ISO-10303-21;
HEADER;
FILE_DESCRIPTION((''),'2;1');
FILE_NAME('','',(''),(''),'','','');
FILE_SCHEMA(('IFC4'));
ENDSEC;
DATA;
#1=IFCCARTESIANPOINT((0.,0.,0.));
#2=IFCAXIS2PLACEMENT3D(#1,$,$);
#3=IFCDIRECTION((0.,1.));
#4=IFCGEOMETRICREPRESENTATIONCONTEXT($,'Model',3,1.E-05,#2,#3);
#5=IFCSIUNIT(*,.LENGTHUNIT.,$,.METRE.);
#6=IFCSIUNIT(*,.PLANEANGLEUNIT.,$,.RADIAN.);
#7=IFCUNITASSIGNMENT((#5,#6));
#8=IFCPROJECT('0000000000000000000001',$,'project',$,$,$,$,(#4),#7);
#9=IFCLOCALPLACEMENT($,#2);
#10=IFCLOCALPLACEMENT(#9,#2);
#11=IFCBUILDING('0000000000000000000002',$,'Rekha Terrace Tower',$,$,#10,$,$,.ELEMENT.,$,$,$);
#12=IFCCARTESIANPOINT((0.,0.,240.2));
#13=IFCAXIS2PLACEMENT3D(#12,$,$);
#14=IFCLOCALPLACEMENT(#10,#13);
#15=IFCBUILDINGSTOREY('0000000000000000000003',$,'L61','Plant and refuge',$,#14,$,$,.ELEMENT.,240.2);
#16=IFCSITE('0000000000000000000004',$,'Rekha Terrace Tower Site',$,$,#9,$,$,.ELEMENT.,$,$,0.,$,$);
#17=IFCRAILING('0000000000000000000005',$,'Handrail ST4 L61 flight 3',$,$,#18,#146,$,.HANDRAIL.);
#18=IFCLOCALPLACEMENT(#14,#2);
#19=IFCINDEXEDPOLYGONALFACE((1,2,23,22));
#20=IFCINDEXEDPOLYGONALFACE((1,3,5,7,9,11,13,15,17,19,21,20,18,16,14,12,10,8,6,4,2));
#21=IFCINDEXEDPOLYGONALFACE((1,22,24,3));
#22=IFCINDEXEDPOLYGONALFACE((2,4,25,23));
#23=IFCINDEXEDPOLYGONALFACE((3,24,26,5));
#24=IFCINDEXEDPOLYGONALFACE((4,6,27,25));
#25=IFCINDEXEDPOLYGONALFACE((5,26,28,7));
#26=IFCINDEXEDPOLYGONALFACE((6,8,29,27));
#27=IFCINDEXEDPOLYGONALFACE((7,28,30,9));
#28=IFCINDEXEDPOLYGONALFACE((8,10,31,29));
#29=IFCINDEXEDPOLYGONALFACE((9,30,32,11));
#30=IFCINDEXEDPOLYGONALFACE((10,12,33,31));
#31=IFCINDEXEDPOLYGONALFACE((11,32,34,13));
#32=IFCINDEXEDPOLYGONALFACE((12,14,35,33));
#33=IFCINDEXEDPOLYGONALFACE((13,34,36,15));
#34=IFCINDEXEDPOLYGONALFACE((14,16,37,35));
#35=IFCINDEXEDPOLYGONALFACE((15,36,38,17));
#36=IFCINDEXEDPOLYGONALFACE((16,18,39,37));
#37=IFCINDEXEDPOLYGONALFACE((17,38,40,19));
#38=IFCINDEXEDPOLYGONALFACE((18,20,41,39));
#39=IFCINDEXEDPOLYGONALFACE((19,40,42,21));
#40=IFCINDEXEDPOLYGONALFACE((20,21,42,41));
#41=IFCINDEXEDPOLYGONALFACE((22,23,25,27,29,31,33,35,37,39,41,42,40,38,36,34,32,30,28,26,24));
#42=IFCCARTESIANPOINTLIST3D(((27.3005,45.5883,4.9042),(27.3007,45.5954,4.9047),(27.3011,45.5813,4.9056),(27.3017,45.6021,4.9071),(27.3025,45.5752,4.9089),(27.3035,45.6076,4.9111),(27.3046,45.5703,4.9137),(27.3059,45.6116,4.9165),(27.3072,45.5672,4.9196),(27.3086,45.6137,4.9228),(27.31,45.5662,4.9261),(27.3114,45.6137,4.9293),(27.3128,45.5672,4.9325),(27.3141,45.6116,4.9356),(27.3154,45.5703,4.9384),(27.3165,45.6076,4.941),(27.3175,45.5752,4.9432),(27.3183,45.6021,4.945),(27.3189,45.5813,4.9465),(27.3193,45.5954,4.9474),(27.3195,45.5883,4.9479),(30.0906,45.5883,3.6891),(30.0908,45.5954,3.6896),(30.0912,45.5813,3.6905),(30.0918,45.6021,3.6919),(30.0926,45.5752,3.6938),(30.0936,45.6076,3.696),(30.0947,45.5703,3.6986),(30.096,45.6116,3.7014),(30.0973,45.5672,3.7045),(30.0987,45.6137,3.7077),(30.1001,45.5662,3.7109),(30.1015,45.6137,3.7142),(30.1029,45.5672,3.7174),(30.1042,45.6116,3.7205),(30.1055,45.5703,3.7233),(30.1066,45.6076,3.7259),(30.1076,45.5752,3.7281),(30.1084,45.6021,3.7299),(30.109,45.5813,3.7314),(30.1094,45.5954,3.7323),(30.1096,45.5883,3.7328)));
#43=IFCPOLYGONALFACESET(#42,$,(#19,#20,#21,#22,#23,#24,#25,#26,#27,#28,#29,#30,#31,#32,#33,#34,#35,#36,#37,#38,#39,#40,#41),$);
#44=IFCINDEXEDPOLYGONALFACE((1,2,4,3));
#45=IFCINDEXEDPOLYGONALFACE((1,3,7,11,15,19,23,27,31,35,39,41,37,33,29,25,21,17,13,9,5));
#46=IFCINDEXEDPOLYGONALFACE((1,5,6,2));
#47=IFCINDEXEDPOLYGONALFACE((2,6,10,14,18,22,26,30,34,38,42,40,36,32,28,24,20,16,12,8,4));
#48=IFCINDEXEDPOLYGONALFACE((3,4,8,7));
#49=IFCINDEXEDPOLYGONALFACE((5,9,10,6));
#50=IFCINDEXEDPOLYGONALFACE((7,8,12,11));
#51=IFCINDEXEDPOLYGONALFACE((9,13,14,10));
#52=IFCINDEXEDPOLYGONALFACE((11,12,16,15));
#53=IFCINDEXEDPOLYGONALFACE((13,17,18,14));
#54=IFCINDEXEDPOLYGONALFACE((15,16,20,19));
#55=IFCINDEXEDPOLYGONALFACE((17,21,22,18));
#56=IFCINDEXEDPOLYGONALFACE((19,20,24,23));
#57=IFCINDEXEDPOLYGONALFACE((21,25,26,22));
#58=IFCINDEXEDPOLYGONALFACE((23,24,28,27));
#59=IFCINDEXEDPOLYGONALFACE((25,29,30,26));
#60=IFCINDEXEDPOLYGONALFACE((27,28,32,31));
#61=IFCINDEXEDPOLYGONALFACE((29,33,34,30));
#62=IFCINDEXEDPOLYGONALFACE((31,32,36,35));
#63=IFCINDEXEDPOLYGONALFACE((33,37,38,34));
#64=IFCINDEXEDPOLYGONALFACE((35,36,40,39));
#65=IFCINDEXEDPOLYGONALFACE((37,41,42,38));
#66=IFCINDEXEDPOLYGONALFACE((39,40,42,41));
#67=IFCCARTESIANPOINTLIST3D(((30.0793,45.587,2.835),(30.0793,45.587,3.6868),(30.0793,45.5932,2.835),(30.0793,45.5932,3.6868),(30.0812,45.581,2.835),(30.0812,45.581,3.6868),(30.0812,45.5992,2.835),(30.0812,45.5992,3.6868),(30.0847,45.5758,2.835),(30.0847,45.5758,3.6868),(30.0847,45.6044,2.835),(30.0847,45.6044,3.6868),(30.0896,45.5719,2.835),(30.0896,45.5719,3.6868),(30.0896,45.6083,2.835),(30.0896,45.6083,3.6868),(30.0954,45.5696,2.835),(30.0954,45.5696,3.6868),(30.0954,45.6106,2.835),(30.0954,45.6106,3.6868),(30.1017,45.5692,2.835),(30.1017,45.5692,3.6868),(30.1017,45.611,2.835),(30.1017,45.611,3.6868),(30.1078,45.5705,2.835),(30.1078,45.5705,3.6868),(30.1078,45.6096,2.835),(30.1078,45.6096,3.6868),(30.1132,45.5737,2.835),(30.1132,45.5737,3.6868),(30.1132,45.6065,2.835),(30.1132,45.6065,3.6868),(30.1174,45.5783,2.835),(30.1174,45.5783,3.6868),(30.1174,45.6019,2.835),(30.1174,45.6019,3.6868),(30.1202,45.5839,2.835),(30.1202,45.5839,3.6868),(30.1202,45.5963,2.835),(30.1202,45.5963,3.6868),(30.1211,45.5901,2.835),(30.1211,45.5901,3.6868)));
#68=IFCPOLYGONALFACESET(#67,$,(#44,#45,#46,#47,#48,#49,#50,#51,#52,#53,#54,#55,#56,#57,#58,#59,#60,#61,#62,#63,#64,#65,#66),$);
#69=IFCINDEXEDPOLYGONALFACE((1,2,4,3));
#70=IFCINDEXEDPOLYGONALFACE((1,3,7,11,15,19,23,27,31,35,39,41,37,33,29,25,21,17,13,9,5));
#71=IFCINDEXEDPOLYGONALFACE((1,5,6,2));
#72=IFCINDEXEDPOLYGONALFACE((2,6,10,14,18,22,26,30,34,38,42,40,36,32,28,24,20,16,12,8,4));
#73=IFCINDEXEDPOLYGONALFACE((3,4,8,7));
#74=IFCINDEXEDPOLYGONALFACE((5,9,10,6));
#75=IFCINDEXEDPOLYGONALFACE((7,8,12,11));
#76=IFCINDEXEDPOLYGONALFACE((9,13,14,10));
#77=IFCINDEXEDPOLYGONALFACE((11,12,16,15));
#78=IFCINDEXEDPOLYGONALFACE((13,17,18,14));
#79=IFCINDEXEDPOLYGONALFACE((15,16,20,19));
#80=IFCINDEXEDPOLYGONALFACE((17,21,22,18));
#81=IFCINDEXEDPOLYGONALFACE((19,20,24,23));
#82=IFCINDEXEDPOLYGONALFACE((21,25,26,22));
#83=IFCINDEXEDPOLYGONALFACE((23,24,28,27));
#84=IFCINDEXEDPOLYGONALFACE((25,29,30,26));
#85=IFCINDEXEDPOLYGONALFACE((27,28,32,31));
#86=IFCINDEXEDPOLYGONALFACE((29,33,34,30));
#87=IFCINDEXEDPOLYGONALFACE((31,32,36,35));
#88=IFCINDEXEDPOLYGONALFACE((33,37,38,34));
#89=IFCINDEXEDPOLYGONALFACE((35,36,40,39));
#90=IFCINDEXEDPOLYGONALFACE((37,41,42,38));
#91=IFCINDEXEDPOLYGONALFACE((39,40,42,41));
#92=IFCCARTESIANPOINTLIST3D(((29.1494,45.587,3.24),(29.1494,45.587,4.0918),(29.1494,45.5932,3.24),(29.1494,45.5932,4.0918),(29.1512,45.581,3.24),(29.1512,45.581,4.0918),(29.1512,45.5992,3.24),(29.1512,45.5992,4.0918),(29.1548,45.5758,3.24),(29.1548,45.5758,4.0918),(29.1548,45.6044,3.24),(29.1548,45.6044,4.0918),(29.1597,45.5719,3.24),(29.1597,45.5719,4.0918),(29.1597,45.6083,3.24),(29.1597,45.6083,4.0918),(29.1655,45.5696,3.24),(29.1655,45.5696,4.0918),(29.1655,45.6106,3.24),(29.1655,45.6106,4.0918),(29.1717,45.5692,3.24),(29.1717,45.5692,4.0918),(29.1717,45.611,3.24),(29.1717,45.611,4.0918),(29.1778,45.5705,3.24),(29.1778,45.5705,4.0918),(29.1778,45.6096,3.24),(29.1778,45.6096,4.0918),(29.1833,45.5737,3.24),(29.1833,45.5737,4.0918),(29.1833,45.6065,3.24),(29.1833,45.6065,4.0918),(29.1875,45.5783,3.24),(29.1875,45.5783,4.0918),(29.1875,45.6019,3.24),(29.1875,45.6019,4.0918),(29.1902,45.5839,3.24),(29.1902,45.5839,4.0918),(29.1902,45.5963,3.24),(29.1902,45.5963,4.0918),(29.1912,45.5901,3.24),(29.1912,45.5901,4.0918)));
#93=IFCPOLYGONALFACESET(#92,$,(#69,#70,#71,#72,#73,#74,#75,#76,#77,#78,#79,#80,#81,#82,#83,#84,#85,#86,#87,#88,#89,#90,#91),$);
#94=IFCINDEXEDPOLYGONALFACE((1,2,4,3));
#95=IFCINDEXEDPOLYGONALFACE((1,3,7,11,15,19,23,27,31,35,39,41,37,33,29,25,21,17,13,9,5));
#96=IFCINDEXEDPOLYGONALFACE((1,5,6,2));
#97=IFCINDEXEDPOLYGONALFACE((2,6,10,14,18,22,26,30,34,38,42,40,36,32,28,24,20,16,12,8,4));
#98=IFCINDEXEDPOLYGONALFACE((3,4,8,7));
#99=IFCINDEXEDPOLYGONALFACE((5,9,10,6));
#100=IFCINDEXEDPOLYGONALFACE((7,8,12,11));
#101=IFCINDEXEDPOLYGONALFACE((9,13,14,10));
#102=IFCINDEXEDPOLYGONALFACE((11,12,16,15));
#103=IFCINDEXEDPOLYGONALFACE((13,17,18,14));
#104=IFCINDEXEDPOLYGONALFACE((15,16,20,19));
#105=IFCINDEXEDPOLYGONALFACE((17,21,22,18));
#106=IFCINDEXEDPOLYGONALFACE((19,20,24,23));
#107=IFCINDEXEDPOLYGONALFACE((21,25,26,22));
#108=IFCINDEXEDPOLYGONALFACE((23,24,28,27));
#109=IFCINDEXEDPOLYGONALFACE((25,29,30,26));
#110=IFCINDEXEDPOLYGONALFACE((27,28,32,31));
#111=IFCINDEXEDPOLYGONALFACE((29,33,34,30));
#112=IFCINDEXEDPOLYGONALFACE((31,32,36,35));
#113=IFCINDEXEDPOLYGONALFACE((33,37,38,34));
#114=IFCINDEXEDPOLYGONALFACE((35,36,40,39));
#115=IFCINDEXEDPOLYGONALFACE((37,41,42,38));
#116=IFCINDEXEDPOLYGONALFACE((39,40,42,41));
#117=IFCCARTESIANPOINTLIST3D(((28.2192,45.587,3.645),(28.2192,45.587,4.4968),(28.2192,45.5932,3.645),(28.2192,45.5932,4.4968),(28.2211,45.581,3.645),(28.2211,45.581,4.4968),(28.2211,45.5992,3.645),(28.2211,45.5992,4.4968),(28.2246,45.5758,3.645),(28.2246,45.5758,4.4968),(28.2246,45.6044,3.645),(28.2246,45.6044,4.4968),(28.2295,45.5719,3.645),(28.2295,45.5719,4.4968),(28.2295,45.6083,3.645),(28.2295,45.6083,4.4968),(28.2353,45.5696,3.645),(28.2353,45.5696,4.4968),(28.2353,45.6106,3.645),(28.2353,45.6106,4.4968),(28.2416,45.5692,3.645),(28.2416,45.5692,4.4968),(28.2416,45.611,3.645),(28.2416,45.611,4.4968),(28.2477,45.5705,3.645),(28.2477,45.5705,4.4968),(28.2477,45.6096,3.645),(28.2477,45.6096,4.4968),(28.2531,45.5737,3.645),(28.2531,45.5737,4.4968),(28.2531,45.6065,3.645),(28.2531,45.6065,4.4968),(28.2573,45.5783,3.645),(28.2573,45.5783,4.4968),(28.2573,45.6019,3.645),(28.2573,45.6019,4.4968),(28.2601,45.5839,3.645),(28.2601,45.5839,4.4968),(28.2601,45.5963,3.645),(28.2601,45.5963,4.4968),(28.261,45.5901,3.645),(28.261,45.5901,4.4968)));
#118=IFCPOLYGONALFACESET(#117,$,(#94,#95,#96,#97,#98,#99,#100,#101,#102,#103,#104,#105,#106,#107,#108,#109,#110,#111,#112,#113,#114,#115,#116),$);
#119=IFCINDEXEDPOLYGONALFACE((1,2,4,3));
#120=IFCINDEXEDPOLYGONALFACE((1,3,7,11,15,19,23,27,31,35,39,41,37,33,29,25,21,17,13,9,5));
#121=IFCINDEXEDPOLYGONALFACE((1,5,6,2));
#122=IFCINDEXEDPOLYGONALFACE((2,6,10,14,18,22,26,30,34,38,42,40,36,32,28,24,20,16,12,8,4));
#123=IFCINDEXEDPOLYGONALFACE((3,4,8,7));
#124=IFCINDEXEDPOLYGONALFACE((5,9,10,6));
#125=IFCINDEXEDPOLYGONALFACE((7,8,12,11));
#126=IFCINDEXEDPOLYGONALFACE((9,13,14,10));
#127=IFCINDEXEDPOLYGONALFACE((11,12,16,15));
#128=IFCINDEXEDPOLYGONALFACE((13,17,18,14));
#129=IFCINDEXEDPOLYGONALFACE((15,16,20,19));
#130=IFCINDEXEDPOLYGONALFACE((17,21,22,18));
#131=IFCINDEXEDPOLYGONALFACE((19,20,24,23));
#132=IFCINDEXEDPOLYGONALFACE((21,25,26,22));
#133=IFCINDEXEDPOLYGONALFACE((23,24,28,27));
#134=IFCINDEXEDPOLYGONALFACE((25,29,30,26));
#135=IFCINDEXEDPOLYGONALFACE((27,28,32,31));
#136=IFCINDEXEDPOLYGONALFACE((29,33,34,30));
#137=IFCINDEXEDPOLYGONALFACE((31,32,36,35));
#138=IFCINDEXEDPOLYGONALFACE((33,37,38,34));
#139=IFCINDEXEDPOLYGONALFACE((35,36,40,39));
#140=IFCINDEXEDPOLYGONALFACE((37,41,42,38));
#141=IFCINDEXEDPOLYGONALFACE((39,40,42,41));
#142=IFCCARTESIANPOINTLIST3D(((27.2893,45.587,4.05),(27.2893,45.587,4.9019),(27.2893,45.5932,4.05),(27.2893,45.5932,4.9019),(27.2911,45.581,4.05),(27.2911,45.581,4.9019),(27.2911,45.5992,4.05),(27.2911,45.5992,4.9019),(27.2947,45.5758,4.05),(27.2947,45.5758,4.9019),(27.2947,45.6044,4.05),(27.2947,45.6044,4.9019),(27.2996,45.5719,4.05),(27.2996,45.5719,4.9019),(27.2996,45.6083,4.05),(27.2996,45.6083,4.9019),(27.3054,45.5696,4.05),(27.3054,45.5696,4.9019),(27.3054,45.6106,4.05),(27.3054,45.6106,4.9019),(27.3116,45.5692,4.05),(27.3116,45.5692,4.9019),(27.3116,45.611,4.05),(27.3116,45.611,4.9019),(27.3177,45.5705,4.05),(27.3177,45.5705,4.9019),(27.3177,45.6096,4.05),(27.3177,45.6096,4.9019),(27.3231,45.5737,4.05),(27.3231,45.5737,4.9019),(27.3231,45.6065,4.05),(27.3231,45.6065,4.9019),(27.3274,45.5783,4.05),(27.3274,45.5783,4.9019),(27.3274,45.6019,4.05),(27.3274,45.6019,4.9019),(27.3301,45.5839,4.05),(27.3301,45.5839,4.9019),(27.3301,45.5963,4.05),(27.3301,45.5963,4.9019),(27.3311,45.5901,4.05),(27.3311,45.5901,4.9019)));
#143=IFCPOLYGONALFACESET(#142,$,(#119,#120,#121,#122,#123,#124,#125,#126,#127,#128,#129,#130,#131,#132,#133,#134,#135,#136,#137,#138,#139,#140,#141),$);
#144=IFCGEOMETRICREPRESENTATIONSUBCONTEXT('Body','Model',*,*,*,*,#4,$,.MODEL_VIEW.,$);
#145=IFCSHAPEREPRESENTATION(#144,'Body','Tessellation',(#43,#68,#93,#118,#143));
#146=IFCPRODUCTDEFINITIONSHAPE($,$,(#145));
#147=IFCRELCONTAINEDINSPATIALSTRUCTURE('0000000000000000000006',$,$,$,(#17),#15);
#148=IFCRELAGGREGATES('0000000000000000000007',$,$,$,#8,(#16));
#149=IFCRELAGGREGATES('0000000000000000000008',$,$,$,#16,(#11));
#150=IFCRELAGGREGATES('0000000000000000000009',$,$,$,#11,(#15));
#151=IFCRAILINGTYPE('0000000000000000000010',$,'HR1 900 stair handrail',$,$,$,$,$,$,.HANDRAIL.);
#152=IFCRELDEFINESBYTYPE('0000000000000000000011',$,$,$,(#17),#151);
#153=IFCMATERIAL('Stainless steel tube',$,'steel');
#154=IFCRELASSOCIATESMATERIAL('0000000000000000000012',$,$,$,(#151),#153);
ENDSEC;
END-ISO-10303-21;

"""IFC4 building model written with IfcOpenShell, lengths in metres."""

from ifc_helpers import new_model, si_unit, direction, frame, origin, origin_2d, place, context, subcontext, project, spatial, circle, extrude, material, type_object, element, save


model = new_model("IFC4")

# Units and contexts
model_context = context("Model", 3, precision=1e-05, world=origin(), true_north=direction((0.0, 1.0)))
body_context = subcontext(model_context, "Body", "Model", "MODEL_VIEW")
ifc_project = project(units=[si_unit("LENGTHUNIT", "METRE"), si_unit("PLANEANGLEUNIT", "RADIAN")], contexts=[model_context])

# Site, building, storey
site_placement = place(None, origin())
site = spatial("IfcSite", under=ifc_project, at=site_placement, Name="Rekha Terrace Tower Site", CompositionType="ELEMENT", RefElevation=0.0)
building_placement = place(site_placement, origin())
building = spatial("IfcBuilding", under=site, at=building_placement, Name="Rekha Terrace Tower", CompositionType="ELEMENT")
storey_placement = place(building_placement, frame((0.0, 0.0, 240.2)))
storey = spatial("IfcBuildingStorey", under=building, at=storey_placement, Name="L61", Description="Plant and refuge", CompositionType="ELEMENT", Elevation=240.2)

# Railing
ifc_material_1 = material(Name="Stainless steel tube", Category="steel")
railing_type_1 = type_object("IfcRailingType", Name="HR1 900 stair handrail", PredefinedType="HANDRAIL", material=ifc_material_1)
railing_1_placement = place(storey_placement, frame((30.1001, 45.5901, 2.835)))
element("IfcRailing", 1, at=railing_1_placement, inside=storey, type_object=railing_type_1, Name="Handrail ST4 L61 flight 3", PredefinedType="HANDRAIL", context=body_context, shape_type="SweptSolid", body=[
    extrude(circle(Radius=0.0239, at=origin_2d()), frame((0.0, 0.0, 0.876), z_axis=(-0.916826, 0.0, 0.399286), x_axis=(0.0, -1.0, 0.0)), (0.0, 0.0, 1.0), 3.0432),
    extrude(circle(Radius=0.021, at=origin_2d()), origin(), (0.0, 0.0, 1.0), 0.8518),
    extrude(circle(Radius=0.021, at=origin_2d()), frame((-0.9299, 0.0, 0.405)), (0.0, 0.0, 1.0), 0.8518),
    extrude(circle(Radius=0.021, at=origin_2d()), frame((-1.8601, 0.0, 0.8101)), (0.0, 0.0, 1.0), 0.8518),
    extrude(circle(Radius=0.021, at=origin_2d()), frame((-2.79, 0.0, 1.2151)), (0.0, 0.0, 1.0), 0.8518),
])

save(model, "model.ifc")
